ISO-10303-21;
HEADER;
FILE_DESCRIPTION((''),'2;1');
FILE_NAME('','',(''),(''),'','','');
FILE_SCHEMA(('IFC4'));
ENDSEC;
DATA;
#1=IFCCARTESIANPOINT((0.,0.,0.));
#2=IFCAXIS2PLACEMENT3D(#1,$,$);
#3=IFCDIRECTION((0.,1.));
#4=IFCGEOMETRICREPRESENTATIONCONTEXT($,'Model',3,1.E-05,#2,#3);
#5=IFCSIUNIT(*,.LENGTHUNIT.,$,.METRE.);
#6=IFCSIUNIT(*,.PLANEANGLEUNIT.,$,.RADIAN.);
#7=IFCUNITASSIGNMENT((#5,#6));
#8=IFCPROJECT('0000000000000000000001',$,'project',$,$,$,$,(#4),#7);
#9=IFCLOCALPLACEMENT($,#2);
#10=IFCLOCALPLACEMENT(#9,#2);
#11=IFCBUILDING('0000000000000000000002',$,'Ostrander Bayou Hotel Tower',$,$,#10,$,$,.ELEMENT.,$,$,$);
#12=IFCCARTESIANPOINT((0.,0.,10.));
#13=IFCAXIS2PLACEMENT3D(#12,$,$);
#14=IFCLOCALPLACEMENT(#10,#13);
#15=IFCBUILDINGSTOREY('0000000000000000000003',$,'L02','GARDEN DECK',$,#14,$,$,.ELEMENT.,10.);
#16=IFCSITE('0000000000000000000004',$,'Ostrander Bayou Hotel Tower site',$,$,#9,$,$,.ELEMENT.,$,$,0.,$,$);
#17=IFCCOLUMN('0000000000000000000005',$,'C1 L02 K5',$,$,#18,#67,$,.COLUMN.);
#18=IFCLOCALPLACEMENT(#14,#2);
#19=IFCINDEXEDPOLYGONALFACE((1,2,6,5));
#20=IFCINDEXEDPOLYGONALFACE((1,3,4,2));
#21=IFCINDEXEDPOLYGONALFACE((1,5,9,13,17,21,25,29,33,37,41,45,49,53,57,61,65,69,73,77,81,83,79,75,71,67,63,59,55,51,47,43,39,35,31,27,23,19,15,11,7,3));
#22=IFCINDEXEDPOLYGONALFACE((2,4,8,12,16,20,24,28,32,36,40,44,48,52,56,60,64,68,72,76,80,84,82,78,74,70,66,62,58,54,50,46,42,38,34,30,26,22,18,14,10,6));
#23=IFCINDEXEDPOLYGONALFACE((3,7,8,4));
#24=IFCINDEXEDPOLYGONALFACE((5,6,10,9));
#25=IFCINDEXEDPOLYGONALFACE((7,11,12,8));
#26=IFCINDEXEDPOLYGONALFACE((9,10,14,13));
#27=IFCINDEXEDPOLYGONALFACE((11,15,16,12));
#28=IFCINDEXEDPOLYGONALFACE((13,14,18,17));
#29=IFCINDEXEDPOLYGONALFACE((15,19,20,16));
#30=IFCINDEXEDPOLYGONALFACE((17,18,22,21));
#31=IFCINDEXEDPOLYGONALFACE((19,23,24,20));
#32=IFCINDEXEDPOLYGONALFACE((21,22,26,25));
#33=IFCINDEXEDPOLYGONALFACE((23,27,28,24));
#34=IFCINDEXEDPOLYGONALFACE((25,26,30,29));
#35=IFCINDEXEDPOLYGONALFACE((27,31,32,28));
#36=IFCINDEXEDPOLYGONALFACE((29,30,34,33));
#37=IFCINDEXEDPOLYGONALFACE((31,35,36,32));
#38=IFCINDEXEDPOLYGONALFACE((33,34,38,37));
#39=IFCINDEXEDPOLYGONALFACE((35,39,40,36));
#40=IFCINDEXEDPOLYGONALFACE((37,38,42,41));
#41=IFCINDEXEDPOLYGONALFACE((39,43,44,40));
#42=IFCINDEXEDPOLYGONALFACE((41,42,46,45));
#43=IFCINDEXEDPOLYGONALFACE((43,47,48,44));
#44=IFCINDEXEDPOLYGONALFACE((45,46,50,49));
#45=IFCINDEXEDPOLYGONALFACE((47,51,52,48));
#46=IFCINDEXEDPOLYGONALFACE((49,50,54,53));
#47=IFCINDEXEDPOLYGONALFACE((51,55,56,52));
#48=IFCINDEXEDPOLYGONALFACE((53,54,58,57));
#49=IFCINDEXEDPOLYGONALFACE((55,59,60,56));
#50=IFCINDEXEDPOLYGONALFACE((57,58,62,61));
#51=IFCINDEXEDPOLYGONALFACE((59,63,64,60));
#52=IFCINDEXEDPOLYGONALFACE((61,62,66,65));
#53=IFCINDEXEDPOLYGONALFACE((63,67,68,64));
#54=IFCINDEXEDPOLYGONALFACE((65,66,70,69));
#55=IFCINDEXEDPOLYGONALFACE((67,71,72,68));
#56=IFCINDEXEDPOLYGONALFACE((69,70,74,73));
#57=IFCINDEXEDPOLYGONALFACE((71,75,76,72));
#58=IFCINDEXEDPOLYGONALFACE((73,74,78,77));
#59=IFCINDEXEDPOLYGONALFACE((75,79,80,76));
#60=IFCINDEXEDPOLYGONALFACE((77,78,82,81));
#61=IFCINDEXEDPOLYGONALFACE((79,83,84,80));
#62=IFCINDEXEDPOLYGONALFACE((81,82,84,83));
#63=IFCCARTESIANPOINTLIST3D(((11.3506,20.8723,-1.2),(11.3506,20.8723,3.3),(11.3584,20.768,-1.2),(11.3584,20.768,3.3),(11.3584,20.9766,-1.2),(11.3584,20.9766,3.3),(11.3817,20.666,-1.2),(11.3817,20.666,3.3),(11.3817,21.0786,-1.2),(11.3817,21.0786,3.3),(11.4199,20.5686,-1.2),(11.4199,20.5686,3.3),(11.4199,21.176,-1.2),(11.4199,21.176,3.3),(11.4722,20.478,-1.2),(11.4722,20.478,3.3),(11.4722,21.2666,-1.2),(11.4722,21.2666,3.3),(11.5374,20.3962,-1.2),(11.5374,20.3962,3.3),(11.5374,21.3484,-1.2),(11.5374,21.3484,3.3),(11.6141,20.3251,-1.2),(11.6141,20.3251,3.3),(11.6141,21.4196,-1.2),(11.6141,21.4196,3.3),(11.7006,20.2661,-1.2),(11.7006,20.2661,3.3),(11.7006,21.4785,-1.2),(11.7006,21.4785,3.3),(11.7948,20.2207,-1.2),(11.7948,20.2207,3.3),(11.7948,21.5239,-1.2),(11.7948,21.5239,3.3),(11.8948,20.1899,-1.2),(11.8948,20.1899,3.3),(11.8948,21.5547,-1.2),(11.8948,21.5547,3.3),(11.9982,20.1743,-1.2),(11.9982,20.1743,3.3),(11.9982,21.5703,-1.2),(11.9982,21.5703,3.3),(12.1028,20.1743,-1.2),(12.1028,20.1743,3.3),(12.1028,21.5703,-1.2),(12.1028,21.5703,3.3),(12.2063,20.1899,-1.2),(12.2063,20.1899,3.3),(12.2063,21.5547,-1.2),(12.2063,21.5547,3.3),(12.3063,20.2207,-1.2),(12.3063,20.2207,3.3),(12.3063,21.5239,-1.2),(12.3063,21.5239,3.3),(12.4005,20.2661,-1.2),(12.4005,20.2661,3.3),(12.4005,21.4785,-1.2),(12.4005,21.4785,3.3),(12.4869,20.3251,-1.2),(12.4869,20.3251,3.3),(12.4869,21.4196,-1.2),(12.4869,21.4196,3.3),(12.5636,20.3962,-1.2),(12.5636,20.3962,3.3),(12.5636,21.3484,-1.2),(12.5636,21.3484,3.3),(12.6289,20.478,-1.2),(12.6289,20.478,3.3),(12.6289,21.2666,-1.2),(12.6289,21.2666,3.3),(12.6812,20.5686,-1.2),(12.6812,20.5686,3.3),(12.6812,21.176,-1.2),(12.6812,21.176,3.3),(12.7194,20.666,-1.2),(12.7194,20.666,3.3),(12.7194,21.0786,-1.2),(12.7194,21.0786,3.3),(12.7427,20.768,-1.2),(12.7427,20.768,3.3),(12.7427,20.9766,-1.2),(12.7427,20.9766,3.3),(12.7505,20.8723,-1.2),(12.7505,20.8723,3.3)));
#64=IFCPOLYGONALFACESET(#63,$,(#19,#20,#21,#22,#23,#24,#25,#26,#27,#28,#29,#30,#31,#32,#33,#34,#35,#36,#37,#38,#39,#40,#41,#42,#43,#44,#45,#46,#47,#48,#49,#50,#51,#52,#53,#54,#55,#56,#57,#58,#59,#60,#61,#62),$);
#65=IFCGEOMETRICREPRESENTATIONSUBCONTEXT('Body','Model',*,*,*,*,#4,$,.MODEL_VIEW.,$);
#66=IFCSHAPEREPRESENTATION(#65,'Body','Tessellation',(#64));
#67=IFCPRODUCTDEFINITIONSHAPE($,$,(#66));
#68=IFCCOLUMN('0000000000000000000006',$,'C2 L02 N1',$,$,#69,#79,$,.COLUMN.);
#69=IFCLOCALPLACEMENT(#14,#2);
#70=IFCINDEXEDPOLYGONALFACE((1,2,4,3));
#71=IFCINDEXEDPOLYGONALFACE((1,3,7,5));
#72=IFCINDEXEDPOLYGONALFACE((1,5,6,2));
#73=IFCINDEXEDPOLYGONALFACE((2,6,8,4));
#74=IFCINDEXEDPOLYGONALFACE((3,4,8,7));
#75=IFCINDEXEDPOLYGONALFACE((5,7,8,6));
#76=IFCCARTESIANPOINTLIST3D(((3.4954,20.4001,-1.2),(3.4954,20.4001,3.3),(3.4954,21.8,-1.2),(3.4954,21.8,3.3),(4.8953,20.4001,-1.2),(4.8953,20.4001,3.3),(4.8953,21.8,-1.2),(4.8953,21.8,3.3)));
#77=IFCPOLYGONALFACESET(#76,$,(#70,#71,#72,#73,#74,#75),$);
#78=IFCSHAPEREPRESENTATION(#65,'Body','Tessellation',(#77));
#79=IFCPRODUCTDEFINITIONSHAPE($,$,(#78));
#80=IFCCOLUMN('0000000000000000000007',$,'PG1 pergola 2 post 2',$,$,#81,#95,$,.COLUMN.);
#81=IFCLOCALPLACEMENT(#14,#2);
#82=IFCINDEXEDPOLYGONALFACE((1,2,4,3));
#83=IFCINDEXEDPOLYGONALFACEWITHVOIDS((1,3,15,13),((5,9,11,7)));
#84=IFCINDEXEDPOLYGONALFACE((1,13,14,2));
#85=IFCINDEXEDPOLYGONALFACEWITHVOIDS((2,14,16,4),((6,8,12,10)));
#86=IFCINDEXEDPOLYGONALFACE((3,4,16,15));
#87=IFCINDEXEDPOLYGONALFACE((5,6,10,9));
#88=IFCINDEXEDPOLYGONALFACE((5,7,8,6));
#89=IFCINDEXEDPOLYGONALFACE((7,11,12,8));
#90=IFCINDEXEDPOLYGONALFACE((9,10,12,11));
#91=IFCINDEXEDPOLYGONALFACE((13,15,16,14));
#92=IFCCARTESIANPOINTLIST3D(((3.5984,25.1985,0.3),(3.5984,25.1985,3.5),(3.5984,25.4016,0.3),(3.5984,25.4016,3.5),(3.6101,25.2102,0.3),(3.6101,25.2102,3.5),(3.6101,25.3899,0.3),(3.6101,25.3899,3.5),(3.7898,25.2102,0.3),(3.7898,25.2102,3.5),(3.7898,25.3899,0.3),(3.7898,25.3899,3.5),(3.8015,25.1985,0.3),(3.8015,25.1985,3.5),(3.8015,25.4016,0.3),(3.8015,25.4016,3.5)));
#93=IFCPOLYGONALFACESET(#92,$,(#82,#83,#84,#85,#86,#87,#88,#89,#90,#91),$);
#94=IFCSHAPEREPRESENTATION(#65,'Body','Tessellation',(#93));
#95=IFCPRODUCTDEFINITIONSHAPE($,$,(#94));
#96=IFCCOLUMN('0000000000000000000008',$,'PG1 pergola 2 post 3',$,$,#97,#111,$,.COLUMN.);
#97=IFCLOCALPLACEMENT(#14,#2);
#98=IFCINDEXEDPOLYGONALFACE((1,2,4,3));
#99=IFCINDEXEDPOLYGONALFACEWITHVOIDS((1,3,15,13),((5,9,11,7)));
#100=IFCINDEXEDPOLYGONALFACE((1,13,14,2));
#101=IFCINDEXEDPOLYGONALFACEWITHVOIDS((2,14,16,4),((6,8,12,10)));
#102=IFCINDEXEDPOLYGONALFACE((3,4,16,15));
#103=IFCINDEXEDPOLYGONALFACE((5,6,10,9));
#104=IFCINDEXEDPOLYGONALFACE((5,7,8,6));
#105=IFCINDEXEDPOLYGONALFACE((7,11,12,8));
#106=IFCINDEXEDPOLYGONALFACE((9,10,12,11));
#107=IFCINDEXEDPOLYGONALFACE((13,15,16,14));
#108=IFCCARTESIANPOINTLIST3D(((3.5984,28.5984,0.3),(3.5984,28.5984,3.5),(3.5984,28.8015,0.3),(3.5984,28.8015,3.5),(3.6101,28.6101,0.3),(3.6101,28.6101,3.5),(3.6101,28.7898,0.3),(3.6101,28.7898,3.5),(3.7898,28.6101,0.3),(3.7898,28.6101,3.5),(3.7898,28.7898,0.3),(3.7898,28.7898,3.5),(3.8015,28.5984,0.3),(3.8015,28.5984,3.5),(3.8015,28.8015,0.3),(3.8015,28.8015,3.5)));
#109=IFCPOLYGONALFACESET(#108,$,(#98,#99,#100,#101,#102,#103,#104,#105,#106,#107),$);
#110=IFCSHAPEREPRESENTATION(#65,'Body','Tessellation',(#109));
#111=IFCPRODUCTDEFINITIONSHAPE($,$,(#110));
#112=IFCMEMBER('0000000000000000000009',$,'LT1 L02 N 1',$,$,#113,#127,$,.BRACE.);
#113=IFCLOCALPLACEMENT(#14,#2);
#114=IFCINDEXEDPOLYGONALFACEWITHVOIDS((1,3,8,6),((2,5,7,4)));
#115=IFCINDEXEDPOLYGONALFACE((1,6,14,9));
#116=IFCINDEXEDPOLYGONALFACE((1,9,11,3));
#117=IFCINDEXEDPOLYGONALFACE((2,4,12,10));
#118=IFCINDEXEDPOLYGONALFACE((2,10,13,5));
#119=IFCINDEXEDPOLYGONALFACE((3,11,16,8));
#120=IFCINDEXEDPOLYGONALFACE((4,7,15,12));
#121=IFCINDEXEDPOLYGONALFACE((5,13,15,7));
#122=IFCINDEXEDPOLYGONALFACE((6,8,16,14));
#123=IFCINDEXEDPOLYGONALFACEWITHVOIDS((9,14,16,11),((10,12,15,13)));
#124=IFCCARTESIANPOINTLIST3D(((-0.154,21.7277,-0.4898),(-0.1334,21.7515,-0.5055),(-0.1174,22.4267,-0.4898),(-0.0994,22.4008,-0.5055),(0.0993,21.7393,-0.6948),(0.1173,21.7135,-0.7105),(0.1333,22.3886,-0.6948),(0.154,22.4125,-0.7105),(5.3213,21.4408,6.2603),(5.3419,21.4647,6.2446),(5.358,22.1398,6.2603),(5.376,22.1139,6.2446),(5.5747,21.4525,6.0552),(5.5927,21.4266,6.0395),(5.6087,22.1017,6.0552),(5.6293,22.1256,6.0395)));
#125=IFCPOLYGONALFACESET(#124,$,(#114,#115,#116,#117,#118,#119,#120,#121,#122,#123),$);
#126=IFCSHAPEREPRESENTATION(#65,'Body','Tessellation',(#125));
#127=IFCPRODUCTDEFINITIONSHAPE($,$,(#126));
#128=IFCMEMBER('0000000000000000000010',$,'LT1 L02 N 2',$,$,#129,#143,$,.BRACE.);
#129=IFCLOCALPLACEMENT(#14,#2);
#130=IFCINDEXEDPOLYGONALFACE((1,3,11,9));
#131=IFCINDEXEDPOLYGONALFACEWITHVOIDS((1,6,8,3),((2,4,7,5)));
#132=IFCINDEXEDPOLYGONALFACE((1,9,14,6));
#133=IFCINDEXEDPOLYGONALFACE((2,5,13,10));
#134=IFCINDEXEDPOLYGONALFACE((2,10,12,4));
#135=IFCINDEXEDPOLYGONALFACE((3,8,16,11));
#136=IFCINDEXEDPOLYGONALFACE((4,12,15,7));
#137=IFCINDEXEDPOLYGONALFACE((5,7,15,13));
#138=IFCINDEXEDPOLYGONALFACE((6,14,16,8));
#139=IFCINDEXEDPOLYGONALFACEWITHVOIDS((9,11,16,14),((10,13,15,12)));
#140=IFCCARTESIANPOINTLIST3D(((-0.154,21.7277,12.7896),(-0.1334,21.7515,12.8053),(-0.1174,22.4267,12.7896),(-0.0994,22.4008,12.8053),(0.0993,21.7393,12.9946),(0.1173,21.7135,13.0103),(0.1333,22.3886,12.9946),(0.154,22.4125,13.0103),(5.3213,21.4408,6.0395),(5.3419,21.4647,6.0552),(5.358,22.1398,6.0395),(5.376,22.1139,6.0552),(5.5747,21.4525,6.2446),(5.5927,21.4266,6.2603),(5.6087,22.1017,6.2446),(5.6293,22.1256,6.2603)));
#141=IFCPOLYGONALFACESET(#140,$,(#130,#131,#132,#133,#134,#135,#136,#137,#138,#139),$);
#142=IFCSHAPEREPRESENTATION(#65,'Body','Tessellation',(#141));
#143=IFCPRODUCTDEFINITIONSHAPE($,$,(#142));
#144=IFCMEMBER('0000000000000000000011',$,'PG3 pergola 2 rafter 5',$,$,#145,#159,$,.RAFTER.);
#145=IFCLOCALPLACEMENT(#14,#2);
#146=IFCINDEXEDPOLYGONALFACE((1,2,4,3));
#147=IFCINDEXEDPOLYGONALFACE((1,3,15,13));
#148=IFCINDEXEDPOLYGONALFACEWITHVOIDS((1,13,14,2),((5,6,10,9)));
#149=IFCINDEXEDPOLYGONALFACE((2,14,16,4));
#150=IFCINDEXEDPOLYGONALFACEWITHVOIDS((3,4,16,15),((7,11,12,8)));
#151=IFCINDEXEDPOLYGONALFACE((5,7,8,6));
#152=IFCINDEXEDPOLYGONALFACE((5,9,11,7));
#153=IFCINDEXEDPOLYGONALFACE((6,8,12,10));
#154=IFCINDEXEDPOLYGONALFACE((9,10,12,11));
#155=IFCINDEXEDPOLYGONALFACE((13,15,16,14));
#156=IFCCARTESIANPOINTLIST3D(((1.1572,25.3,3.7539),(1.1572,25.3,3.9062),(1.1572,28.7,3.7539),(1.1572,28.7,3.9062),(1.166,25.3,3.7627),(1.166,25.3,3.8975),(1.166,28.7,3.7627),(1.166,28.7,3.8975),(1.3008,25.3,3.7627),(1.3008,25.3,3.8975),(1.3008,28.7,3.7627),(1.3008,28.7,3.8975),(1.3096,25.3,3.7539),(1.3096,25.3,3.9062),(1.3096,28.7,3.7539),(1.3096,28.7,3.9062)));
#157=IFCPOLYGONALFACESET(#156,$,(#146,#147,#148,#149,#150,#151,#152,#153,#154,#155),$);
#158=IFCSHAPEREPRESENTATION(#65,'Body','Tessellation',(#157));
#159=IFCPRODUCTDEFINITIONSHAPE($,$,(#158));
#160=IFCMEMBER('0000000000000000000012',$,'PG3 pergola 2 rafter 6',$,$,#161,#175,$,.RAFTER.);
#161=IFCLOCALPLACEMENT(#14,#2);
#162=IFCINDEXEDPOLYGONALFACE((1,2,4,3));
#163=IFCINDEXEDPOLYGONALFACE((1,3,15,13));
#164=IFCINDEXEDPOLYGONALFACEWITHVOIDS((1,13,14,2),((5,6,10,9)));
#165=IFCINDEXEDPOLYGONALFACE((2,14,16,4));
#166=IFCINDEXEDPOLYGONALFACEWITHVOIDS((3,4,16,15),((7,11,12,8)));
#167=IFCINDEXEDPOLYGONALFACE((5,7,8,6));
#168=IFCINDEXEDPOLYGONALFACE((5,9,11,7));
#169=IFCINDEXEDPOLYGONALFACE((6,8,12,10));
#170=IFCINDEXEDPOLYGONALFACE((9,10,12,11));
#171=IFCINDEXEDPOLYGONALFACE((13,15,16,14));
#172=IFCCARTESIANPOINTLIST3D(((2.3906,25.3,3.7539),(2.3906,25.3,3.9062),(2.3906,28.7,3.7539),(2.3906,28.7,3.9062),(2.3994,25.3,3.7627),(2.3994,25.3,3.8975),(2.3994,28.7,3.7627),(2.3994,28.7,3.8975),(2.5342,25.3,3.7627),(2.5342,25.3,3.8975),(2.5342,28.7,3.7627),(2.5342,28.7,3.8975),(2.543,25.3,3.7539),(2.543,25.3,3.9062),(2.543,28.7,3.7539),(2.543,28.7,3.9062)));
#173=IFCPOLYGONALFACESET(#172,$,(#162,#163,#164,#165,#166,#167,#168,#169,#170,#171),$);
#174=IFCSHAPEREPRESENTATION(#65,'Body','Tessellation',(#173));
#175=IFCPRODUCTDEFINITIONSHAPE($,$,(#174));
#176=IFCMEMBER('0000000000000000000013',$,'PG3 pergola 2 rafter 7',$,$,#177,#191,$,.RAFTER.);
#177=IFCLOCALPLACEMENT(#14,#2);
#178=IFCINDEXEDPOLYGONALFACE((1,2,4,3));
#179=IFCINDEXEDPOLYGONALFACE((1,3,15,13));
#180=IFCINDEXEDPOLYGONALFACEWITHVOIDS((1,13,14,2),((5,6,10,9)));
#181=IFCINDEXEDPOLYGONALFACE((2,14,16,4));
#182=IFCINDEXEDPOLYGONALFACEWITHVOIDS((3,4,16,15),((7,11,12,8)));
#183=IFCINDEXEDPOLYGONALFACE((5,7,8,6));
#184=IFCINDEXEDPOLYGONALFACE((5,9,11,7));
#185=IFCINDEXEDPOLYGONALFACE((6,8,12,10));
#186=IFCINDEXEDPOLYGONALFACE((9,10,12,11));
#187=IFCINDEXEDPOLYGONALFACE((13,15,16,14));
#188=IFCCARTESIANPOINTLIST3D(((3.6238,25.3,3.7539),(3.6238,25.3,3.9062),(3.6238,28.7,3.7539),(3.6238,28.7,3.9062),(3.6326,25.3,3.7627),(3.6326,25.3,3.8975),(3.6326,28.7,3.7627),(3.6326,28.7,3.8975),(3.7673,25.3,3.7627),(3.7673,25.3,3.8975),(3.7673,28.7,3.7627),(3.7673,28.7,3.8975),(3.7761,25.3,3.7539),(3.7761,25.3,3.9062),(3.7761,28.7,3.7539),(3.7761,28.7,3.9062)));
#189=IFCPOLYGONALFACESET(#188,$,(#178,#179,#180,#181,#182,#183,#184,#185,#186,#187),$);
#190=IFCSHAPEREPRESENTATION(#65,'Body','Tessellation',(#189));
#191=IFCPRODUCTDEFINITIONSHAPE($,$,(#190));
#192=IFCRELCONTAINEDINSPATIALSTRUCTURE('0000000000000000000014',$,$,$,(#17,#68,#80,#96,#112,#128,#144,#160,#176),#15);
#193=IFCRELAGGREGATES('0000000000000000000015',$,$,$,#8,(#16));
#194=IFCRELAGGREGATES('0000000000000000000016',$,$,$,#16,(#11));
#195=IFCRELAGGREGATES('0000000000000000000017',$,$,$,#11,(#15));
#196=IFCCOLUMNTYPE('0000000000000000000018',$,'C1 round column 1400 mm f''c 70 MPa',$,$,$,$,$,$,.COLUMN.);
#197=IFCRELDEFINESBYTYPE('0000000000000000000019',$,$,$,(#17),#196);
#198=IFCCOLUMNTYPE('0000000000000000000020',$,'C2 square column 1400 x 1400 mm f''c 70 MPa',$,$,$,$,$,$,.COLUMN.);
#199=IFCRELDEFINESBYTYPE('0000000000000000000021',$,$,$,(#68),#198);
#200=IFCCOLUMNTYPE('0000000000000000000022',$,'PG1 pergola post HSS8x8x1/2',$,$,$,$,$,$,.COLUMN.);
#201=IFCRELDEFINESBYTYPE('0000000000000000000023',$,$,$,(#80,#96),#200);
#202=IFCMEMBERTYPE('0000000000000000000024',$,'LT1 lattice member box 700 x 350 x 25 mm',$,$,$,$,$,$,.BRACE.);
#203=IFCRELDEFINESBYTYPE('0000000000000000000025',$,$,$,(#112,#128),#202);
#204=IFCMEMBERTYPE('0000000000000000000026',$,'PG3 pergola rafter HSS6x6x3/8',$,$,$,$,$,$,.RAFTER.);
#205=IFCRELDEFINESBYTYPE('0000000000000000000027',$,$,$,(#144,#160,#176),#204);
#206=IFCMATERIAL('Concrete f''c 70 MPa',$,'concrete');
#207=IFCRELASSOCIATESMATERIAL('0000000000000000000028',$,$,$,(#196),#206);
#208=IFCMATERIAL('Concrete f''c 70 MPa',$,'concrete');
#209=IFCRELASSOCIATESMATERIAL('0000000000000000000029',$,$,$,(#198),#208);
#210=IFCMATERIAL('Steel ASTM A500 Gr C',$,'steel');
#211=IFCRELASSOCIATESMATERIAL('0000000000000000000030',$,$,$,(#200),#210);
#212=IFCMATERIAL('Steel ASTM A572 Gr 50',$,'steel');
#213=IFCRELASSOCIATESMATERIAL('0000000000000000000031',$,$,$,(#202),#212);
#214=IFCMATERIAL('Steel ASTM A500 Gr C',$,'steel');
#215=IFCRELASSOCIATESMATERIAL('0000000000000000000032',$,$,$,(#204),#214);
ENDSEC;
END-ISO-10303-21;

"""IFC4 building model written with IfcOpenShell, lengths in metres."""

from ifc_helpers import new_model, si_unit, direction, frame, origin, origin_2d, place, context, subcontext, project, spatial, rectangle, hollow_rectangle, circle, extrude, material, material_profile, profile_set, type_object, element, save


model = new_model("IFC4")

# Units and contexts
model_context = context("Model", 3, precision=1e-05, world=origin(), true_north=direction((0.0, 1.0)))
body_context = subcontext(model_context, "Body", "Model", "MODEL_VIEW")
ifc_project = project(units=[si_unit("LENGTHUNIT", "METRE"), si_unit("PLANEANGLEUNIT", "RADIAN")], contexts=[model_context])

# Site, building, storey
site_placement = place(None, origin())
site = spatial("IfcSite", under=ifc_project, at=site_placement, Name="Ostrander Bayou Hotel Tower site", CompositionType="ELEMENT", RefElevation=0.0)
building_placement = place(site_placement, origin())
building = spatial("IfcBuilding", under=site, at=building_placement, Name="Ostrander Bayou Hotel Tower", CompositionType="ELEMENT")
storey_placement = place(building_placement, frame((0.0, 0.0, 10.0)))
storey = spatial("IfcBuildingStorey", under=building, at=storey_placement, Name="L02", Description="GARDEN DECK", CompositionType="ELEMENT", Elevation=10.0)

# Columns
ifc_material_1 = material(Name="Concrete f'c 70 MPa", Category="concrete")
ifc_material_profile_1 = material_profile(ifc_material_1, circle(Radius=0.7, at=origin_2d()))
ifc_profile_set_1 = profile_set([ifc_material_profile_1], Name="Concrete f'c 70 MPa")
column_type_1 = type_object("IfcColumnType", Name="C1 round column 1400 mm f'c 70 MPa", PredefinedType="COLUMN", material=ifc_profile_set_1)
column_1_placement = place(storey_placement, frame((12.0505, 20.8723, -1.2), z_axis=(0.0, 0.0, 1.0), x_axis=(1.0, 0.0, 0.0)))
element("IfcColumn", 1, at=column_1_placement, inside=storey, type_object=column_type_1, Name="C1 L02 K5", PredefinedType="COLUMN", context=body_context, shape_type="SweptSolid", body=[
    extrude(circle(Radius=0.7, at=origin_2d()), origin(), (0.0, 0.0, 1.0), 4.5),
])
ifc_material_2 = material(Name="Concrete f'c 70 MPa", Category="concrete")
ifc_material_profile_2 = material_profile(ifc_material_2, rectangle(XDim=1.3999, YDim=1.3999, at=origin_2d()))
ifc_profile_set_2 = profile_set([ifc_material_profile_2], Name="Concrete f'c 70 MPa")
column_type_2 = type_object("IfcColumnType", Name="C2 square column 1400 x 1400 mm f'c 70 MPa", PredefinedType="COLUMN", material=ifc_profile_set_2)
column_2_placement = place(storey_placement, frame((4.1953, 21.1001, -1.2), z_axis=(0.0, 0.0, 1.0), x_axis=(1.0, 0.0, 0.0)))
element("IfcColumn", 2, at=column_2_placement, inside=storey, type_object=column_type_2, Name="C2 L02 N1", PredefinedType="COLUMN", context=body_context, shape_type="SweptSolid", body=[
    extrude(rectangle(XDim=1.3999, YDim=1.3999, at=origin_2d()), origin(), (0.0, 0.0, 1.0), 4.5),
])
ifc_material_3 = material(Name="Steel ASTM A500 Gr C", Category="steel")
ifc_material_profile_3 = material_profile(ifc_material_3, hollow_rectangle(XDim=0.2031, YDim=0.2031, WallThickness=0.0117, at=origin_2d()))
ifc_profile_set_3 = profile_set([ifc_material_profile_3], Name="Steel ASTM A500 Gr C")
column_type_3 = type_object("IfcColumnType", Name="PG1 pergola post HSS8x8x1/2", PredefinedType="COLUMN", material=ifc_profile_set_3)
for number, where, z_axis, x_axis, name in (
    (3, (3.7, 25.3, 0.3), (0.0, 0.0, 1.0), (1.0, 0.0, 0.0), "PG1 pergola 2 post 2"),
    (4, (3.7, 28.7, 0.3), (0.0, 0.0, 1.0), (1.0, 0.0, 0.0), "PG1 pergola 2 post 3"),
):
    element("IfcColumn", number, at=place(storey_placement, frame(where, z_axis=z_axis, x_axis=x_axis)), inside=storey, type_object=column_type_3, Name=name, PredefinedType="COLUMN", context=body_context, shape_type="SweptSolid", body=[
        extrude(hollow_rectangle(XDim=0.2031, YDim=0.2031, WallThickness=0.0117, at=origin_2d()), origin(), (0.0, 0.0, 1.0), 3.2),
    ])

# Members
ifc_material_4 = material(Name="Steel ASTM A572 Gr 50", Category="steel")
ifc_material_profile_4 = material_profile(ifc_material_4, hollow_rectangle(XDim=0.7, YDim=0.3501, WallThickness=0.0249, at=origin_2d()))
ifc_profile_set_4 = profile_set([ifc_material_profile_4], Name="Steel ASTM A572 Gr 50")
member_type_1 = type_object("IfcMemberType", Name="LT1 lattice member box 700 x 350 x 25 mm", PredefinedType="BRACE", material=ifc_profile_set_4)
for number, where, z_axis, x_axis, name in (
    (5, (5.4753, 21.7832, 6.1499), (-0.629624, 0.032987, -0.7762), (-0.05232, -0.99863, 0.0), "LT1 L02 N 1"),
    (6, (5.4753, 21.7832, 6.1499), (-0.629624, 0.032987, 0.7762), (-0.05232, -0.99863, 0.0), "LT1 L02 N 2"),
):
    element("IfcMember", number, at=place(storey_placement, frame(where, z_axis=z_axis, x_axis=x_axis)), inside=storey, type_object=member_type_1, Name=name, PredefinedType="BRACE", context=body_context, shape_type="SweptSolid", body=[
        extrude(hollow_rectangle(XDim=0.7, YDim=0.3501, WallThickness=0.0249, at=origin_2d()), origin(), (0.0, 0.0, 1.0), 8.6963),
    ])
ifc_material_5 = material(Name="Steel ASTM A500 Gr C", Category="steel")
ifc_material_profile_5 = material_profile(ifc_material_5, hollow_rectangle(XDim=0.1523, YDim=0.1523, WallThickness=0.0088, at=origin_2d()))
ifc_profile_set_5 = profile_set([ifc_material_profile_5], Name="Steel ASTM A500 Gr C")
member_type_2 = type_object("IfcMemberType", Name="PG3 pergola rafter HSS6x6x3/8", PredefinedType="RAFTER", material=ifc_profile_set_5)
for number, where, z_axis, x_axis, name in (
    (7, (1.2334, 25.3, 3.8301), (0.0, 1.0, 0.0), (-1.0, 0.0, 0.0), "PG3 pergola 2 rafter 5"),
    (8, (2.4668, 25.3, 3.8301), (0.0, 1.0, 0.0), (-1.0, 0.0, 0.0), "PG3 pergola 2 rafter 6"),
    (9, (3.7, 25.3, 3.8301), (0.0, 1.0, 0.0), (-1.0, 0.0, 0.0), "PG3 pergola 2 rafter 7"),
):
    element("IfcMember", number, at=place(storey_placement, frame(where, z_axis=z_axis, x_axis=x_axis)), inside=storey, type_object=member_type_2, Name=name, PredefinedType="RAFTER", context=body_context, shape_type="SweptSolid", body=[
        extrude(hollow_rectangle(XDim=0.1523, YDim=0.1523, WallThickness=0.0088, at=origin_2d()), origin(), (0.0, 0.0, 1.0), 3.3999),
    ])

save(model, "model.ifc")
